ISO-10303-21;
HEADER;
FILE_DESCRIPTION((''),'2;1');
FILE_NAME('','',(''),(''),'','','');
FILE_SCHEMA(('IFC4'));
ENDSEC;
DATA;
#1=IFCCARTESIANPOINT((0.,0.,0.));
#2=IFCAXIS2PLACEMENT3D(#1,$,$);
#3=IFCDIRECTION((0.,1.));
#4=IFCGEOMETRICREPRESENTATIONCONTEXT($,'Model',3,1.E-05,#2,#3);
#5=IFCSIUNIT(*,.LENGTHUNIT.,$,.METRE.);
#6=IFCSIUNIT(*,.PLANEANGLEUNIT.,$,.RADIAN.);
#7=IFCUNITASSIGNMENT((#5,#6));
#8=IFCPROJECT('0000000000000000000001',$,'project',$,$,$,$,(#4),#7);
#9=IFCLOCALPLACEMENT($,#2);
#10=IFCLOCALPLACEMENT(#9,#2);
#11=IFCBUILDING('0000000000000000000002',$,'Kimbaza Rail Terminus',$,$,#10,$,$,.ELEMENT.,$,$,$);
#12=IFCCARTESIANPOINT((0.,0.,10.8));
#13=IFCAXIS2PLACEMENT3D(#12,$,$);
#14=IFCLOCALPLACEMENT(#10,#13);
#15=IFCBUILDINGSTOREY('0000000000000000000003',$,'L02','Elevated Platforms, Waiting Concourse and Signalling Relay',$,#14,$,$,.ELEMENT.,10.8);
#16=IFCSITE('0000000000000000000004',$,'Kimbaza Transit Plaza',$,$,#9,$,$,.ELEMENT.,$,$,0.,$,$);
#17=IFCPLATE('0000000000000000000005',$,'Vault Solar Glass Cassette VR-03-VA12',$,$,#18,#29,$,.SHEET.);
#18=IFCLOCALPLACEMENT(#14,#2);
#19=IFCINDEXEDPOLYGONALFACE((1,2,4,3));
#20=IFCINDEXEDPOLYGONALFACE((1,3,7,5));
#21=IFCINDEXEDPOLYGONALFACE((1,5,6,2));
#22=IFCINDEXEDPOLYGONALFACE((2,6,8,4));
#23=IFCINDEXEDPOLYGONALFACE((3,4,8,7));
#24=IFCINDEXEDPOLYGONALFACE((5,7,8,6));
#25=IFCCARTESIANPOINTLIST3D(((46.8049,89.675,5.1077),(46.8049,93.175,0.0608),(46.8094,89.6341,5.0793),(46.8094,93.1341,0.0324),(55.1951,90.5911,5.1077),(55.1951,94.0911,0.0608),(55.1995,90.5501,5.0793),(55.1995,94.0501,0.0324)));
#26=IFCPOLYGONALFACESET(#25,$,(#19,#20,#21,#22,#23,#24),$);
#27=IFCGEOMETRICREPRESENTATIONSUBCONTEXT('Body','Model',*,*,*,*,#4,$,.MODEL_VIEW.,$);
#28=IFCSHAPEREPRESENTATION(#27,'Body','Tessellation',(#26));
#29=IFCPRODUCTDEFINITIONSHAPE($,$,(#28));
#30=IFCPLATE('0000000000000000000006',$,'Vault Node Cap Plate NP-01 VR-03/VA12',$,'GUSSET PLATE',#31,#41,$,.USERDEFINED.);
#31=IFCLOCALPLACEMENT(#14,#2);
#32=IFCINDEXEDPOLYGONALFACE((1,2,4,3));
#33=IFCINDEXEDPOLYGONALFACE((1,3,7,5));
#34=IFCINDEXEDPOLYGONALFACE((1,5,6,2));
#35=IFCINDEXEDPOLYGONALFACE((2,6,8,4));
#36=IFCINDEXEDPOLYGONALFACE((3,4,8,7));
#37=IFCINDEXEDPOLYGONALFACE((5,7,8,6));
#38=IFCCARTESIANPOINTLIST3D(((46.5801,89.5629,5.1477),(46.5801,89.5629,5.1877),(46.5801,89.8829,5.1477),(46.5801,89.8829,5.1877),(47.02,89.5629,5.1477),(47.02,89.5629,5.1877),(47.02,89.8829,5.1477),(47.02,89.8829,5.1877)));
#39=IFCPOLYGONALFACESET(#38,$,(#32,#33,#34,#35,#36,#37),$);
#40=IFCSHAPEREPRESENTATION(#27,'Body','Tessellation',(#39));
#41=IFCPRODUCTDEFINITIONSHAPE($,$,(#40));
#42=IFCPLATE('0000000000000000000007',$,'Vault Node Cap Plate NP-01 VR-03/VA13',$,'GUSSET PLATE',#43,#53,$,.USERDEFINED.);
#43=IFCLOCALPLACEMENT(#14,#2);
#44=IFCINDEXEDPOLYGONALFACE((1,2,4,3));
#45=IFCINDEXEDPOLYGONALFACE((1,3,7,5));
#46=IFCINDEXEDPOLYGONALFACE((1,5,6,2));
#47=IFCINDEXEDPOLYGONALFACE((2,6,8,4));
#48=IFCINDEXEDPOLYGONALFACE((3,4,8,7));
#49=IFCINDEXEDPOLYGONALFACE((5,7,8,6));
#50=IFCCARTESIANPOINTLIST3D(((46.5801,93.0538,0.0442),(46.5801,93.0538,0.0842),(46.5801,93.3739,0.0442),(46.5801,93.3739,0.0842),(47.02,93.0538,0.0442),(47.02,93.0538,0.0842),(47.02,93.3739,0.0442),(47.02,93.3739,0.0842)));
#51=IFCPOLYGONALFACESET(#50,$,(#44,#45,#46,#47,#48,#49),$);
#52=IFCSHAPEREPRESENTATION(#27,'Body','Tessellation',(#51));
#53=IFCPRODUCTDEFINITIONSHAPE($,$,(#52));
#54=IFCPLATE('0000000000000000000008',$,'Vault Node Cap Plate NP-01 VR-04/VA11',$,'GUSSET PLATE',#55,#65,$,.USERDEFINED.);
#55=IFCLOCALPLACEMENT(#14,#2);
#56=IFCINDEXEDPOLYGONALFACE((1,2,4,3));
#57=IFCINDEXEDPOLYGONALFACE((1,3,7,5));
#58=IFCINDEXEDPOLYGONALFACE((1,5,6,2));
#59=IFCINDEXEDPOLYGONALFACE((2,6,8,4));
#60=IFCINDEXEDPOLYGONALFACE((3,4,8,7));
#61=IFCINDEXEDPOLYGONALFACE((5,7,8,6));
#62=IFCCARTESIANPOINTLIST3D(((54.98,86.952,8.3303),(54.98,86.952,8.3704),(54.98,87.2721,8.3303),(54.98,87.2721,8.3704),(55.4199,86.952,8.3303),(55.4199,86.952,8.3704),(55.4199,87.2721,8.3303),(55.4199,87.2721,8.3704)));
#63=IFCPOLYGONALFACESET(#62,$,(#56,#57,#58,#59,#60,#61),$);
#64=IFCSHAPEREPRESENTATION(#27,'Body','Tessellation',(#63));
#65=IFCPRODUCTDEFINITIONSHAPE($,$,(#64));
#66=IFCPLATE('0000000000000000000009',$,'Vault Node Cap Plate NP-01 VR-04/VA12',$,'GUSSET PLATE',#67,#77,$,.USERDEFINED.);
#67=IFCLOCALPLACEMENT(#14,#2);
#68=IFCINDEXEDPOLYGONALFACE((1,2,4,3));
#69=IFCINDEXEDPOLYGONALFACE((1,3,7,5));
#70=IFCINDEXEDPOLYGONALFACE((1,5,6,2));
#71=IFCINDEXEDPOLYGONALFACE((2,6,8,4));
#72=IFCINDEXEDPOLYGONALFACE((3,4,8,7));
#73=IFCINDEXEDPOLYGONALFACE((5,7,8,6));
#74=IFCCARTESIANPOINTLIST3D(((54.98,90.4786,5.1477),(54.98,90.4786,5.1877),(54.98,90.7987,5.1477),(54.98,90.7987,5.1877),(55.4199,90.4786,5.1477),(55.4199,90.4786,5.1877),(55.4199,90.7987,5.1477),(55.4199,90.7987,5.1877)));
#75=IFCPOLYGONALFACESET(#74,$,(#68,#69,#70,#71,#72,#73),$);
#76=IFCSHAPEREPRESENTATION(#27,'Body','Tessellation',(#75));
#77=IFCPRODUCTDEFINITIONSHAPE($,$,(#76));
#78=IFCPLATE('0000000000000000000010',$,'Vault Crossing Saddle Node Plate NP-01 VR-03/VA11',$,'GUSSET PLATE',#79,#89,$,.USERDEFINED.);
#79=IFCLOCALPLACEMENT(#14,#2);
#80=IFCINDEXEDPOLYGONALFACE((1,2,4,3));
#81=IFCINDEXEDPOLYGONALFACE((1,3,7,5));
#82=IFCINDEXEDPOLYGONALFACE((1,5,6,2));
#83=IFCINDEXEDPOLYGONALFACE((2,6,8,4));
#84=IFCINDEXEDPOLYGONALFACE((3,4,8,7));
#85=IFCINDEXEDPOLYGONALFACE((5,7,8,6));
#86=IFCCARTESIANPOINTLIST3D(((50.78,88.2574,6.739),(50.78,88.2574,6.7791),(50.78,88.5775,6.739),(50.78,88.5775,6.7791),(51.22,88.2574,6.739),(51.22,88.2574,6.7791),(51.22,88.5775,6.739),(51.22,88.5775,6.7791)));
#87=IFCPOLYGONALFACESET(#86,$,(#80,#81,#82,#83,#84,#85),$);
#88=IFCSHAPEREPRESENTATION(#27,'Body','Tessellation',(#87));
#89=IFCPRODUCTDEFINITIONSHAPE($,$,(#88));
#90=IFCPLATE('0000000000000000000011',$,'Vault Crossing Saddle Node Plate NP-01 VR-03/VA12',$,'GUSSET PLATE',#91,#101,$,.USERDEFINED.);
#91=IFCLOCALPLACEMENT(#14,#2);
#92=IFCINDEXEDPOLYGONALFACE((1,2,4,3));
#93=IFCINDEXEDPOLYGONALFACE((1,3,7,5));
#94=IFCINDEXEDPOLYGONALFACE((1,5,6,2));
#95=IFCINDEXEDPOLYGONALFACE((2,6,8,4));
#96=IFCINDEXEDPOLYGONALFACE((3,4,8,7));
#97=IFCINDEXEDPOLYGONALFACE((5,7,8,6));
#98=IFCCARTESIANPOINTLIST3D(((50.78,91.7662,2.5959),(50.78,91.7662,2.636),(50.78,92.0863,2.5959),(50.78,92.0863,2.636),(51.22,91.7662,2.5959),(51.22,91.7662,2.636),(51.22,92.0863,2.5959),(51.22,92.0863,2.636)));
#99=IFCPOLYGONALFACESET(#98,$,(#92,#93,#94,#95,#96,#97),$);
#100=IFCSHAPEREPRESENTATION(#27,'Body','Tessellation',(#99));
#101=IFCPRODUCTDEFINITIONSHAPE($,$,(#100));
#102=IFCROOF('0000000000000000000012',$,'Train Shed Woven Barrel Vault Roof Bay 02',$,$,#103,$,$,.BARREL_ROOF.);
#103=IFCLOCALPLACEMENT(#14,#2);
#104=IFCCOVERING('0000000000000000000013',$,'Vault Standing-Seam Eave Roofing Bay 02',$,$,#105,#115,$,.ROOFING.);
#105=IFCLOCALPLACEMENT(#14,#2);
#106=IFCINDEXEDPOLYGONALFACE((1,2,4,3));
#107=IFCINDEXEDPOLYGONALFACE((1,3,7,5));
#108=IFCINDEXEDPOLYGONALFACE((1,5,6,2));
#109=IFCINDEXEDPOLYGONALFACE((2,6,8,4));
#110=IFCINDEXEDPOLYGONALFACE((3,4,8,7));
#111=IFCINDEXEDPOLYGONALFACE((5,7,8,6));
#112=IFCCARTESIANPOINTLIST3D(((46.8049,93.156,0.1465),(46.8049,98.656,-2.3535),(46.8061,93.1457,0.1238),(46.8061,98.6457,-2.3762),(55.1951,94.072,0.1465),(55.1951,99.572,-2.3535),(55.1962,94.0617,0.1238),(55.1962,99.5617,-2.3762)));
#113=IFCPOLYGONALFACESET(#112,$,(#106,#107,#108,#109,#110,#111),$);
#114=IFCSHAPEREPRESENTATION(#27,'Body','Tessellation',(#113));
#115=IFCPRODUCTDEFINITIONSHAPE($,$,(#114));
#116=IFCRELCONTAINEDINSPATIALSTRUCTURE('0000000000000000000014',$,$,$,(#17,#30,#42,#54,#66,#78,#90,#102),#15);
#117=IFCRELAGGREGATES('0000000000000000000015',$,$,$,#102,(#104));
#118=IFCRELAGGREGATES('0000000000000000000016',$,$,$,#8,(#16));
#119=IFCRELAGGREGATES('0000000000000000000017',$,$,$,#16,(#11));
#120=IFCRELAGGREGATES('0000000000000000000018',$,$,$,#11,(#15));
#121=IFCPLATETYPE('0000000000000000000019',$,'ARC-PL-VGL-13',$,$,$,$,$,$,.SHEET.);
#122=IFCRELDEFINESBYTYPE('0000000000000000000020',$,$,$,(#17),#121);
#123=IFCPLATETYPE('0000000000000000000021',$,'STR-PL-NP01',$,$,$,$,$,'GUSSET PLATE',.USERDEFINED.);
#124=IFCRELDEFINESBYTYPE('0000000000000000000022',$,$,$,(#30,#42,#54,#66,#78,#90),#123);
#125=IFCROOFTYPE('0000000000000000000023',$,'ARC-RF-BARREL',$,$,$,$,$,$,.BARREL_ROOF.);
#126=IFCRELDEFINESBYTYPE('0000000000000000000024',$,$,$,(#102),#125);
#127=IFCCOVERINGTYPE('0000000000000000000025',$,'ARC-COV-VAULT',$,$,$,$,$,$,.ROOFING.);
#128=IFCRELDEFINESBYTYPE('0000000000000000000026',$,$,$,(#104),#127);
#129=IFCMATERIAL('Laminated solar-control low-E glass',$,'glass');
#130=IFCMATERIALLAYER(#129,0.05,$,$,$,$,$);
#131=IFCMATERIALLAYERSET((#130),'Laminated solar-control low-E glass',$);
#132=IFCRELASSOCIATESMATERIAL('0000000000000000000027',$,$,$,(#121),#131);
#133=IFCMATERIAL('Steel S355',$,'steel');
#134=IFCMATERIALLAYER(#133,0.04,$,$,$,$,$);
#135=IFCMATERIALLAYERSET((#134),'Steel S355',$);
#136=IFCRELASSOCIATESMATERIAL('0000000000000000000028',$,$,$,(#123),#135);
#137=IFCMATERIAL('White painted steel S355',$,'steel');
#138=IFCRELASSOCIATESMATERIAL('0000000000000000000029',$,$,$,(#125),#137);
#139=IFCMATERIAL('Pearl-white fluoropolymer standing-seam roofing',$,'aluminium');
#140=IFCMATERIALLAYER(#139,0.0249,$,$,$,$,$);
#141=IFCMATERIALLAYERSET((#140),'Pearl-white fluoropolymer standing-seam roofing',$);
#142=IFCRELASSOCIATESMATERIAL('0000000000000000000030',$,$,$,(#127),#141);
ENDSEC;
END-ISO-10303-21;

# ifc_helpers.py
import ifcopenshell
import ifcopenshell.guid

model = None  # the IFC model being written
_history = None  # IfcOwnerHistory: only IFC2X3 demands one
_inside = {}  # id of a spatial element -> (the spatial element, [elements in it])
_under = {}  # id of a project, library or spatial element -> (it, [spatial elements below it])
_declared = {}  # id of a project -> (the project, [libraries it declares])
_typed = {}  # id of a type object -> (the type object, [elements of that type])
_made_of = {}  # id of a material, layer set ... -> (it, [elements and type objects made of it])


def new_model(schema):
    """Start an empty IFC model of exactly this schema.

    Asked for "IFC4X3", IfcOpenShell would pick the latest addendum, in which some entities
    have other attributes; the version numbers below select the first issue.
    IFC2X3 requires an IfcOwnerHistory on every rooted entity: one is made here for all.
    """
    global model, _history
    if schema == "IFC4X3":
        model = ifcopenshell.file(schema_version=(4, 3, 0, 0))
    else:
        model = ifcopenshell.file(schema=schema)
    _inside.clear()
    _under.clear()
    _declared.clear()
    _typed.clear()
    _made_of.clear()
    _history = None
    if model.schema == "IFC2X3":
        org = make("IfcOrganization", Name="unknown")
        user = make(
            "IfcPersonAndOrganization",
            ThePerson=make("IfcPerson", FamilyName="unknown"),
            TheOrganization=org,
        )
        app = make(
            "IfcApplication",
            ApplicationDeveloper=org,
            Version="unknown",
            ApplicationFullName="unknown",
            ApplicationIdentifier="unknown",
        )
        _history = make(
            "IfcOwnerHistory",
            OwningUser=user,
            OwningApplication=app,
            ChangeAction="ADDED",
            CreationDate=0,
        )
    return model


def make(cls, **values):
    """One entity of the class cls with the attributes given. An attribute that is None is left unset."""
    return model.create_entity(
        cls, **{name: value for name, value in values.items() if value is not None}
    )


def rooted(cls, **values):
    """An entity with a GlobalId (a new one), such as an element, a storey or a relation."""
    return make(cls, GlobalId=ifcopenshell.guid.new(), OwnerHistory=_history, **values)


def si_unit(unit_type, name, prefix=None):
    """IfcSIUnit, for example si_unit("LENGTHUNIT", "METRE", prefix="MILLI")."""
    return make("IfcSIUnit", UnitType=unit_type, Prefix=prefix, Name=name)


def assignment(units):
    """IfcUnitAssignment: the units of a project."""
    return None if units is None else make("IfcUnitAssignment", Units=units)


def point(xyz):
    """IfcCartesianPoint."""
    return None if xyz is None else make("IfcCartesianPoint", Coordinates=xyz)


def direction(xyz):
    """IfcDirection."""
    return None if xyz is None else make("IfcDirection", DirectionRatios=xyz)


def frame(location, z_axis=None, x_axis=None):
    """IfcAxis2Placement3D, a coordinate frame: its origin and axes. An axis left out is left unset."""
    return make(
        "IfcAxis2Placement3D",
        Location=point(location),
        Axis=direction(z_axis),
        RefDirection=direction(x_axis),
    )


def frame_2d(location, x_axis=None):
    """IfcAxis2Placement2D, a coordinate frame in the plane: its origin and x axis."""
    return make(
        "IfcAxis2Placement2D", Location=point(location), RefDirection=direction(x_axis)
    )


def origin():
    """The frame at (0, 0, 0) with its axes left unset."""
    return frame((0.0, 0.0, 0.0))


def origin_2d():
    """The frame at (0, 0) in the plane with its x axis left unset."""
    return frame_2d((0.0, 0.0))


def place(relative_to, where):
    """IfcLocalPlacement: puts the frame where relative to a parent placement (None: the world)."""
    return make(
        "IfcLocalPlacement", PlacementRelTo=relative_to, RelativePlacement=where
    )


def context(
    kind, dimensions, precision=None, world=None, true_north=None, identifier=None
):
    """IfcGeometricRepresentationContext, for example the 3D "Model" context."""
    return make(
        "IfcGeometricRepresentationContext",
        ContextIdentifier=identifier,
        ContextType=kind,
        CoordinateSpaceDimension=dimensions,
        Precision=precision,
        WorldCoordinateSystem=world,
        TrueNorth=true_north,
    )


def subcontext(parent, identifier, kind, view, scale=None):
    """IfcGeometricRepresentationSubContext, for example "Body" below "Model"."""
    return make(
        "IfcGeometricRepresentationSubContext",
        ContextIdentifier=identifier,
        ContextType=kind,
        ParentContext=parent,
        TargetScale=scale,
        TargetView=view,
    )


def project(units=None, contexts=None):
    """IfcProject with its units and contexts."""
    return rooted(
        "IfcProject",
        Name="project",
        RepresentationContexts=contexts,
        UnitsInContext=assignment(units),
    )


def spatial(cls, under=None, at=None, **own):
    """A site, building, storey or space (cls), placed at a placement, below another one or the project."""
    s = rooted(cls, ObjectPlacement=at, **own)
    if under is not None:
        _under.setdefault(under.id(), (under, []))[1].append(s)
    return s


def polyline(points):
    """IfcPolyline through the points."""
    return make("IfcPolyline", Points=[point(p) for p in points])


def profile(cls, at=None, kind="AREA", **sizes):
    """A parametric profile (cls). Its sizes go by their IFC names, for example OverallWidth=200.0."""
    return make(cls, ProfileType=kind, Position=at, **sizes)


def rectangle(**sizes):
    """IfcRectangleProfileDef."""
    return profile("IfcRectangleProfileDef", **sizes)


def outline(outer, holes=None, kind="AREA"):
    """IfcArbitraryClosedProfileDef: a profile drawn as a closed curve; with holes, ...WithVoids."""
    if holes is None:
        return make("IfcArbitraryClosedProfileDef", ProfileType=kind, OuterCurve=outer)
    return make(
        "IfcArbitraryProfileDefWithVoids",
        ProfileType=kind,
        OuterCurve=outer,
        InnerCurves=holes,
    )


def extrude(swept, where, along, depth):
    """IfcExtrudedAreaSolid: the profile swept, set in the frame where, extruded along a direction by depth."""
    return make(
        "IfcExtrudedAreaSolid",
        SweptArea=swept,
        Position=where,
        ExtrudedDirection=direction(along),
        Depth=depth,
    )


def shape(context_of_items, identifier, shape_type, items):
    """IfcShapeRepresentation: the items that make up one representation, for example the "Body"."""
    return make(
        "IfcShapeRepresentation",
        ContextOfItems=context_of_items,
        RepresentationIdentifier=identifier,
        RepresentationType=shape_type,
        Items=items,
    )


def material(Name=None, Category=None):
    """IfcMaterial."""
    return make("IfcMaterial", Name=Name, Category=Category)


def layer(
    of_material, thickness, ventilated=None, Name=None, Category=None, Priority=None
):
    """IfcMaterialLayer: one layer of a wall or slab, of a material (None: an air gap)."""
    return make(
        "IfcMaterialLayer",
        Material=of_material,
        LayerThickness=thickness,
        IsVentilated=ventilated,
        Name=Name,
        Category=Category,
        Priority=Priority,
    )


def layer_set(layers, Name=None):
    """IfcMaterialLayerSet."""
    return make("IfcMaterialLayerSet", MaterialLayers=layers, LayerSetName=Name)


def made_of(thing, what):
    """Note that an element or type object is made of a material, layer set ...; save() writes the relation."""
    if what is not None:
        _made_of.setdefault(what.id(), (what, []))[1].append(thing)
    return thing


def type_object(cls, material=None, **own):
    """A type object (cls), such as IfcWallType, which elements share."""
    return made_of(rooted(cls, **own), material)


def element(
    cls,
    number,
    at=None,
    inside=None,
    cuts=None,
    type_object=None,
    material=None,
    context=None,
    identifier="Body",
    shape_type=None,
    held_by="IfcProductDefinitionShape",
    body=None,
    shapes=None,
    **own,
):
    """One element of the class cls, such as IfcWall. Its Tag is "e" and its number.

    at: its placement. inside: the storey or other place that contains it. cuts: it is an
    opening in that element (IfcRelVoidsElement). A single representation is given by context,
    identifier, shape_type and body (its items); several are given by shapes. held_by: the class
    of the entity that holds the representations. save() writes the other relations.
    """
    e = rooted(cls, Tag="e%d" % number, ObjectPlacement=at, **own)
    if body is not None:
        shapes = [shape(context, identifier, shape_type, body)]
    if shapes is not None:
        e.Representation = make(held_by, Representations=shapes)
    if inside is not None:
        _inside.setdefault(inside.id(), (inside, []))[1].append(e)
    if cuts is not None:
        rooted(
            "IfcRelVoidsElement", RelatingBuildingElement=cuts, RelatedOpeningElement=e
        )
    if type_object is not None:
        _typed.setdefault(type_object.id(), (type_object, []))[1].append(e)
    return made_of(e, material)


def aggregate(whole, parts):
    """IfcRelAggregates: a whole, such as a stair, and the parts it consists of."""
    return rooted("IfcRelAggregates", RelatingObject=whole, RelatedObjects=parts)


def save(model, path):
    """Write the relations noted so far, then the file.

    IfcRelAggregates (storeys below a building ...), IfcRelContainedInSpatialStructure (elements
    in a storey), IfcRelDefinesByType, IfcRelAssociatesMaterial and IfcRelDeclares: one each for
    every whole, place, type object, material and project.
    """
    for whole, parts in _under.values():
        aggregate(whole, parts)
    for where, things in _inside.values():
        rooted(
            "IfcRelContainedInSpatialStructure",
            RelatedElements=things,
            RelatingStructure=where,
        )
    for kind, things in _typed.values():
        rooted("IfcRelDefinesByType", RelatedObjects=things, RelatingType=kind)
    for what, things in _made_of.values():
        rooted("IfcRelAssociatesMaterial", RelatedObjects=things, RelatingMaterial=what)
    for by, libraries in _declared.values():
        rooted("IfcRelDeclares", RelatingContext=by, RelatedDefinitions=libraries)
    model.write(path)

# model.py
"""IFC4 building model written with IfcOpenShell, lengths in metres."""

from ifc_helpers import new_model, si_unit, direction, frame, origin, origin_2d, place, context, subcontext, project, spatial, polyline, rectangle, outline, extrude, material, layer, layer_set, type_object, element, aggregate, save


model = new_model("IFC4")

# Units and contexts
model_context = context("Model", 3, precision=1e-05, world=origin(), true_north=direction((0.0, 1.0)))
body_context = subcontext(model_context, "Body", "Model", "MODEL_VIEW")
ifc_project = project(units=[si_unit("LENGTHUNIT", "METRE"), si_unit("PLANEANGLEUNIT", "RADIAN")], contexts=[model_context])

# Site, building, storey
site_placement = place(None, origin())
site = spatial("IfcSite", under=ifc_project, at=site_placement, Name="Kimbaza Transit Plaza", CompositionType="ELEMENT", RefElevation=0.0)
building_placement = place(site_placement, origin())
building = spatial("IfcBuilding", under=site, at=building_placement, Name="Kimbaza Rail Terminus", CompositionType="ELEMENT")
storey_placement = place(building_placement, frame((0.0, 0.0, 10.8)))
storey = spatial("IfcBuildingStorey", under=building, at=storey_placement, Name="L02", Description="Elevated Platforms, Waiting Concourse and Signalling Relay", CompositionType="ELEMENT", Elevation=10.8)

# Plates
ifc_material_1 = material(Name="Laminated solar-control low-E glass", Category="glass")
ifc_layer_1 = layer(ifc_material_1, 0.05)
ifc_layer_set_1 = layer_set([ifc_layer_1], Name="Laminated solar-control low-E glass")
plate_type_1 = type_object("IfcPlateType", Name="ARC-PL-VGL-13", PredefinedType="SHEET", material=ifc_layer_set_1)
plate_1_placement = place(storey_placement, frame((46.8049, 89.675, 5.1077), z_axis=(-0.089356, 0.818447, 0.567592), x_axis=(0.994093, 0.108533, 0.0)))
element("IfcPlate", 1, at=plate_1_placement, inside=storey, type_object=plate_type_1, Name="Vault Solar Glass Cassette VR-03-VA12", PredefinedType="SHEET", context=body_context, shape_type="SweptSolid", body=[
    extrude(outline(polyline([(0.0, 0.0), (8.44, 0.0), (8.8199, 6.13), (0.3799, 6.13), (0.0, 0.0)])), origin(), (0.0, 0.0, -1.0), 0.05),
])
ifc_material_2 = material(Name="Steel S355", Category="steel")
ifc_layer_2 = layer(ifc_material_2, 0.04)
ifc_layer_set_2 = layer_set([ifc_layer_2], Name="Steel S355")
plate_type_2 = type_object("IfcPlateType", Name="STR-PL-NP01", ElementType="GUSSET PLATE", PredefinedType="USERDEFINED", material=ifc_layer_set_2)
for number, where, z_axis, x_axis, name in (
    (2, (46.8, 89.7229, 5.1477), (0.0, 0.0, 1.0), (1.0, 0.0, 0.0), "Vault Node Cap Plate NP-01 VR-03/VA12"),
    (3, (46.8, 93.2139, 0.0442), (0.0, 0.0, 1.0), (1.0, 0.0, 0.0), "Vault Node Cap Plate NP-01 VR-03/VA13"),
    (4, (55.2, 87.1121, 8.3303), (0.0, 0.0, 1.0), (1.0, 0.0, 0.0), "Vault Node Cap Plate NP-01 VR-04/VA11"),
    (5, (55.2, 90.6387, 5.1477), (0.0, 0.0, 1.0), (1.0, 0.0, 0.0), "Vault Node Cap Plate NP-01 VR-04/VA12"),
    (6, (51.0, 88.4175, 6.739), (0.0, 0.0, 1.0), (1.0, 0.0, 0.0), "Vault Crossing Saddle Node Plate NP-01 VR-03/VA11"),
    (7, (51.0, 91.9263, 2.5959), (0.0, 0.0, 1.0), (1.0, 0.0, 0.0), "Vault Crossing Saddle Node Plate NP-01 VR-03/VA12"),
):
    element("IfcPlate", number, at=place(storey_placement, frame(where, z_axis=z_axis, x_axis=x_axis)), inside=storey, type_object=plate_type_2, Name=name, ObjectType="GUSSET PLATE", PredefinedType="USERDEFINED", context=body_context, shape_type="SweptSolid", body=[
        extrude(rectangle(XDim=0.4399, YDim=0.3201, at=origin_2d()), origin(), (0.0, 0.0, 1.0), 0.04),
    ])

# Roof, covering
ifc_material_3 = material(Name="White painted steel S355", Category="steel")
roof_type = type_object("IfcRoofType", Name="ARC-RF-BARREL", PredefinedType="BARREL_ROOF", material=ifc_material_3)
roof_placement = place(storey_placement, origin())
roof = element("IfcRoof", 8, at=roof_placement, inside=storey, type_object=roof_type, Name="Train Shed Woven Barrel Vault Roof Bay 02", PredefinedType="BARREL_ROOF")
ifc_material_4 = material(Name="Pearl-white fluoropolymer standing-seam roofing", Category="aluminium")
ifc_layer_3 = layer(ifc_material_4, 0.0249)
ifc_layer_set_3 = layer_set([ifc_layer_3], Name="Pearl-white fluoropolymer standing-seam roofing")
covering_type = type_object("IfcCoveringType", Name="ARC-COV-VAULT", PredefinedType="ROOFING", material=ifc_layer_set_3)
covering_placement = place(storey_placement, frame((46.8049, 93.156, 0.1465), z_axis=(-0.045132, 0.413381, 0.909439), x_axis=(0.994093, 0.108533, 0.0)))
covering = element("IfcCovering", 9, at=covering_placement, type_object=covering_type, Name="Vault Standing-Seam Eave Roofing Bay 02", PredefinedType="ROOFING", context=body_context, shape_type="SweptSolid", body=[
    extrude(outline(polyline([(0.0, 0.0), (8.44, 0.0), (9.0369, 6.012), (0.5969, 6.012), (0.0, 0.0)])), origin(), (0.0, 0.0, -1.0), 0.0249),
])
aggregate(roof, [covering])

save(model, "model.ifc")
